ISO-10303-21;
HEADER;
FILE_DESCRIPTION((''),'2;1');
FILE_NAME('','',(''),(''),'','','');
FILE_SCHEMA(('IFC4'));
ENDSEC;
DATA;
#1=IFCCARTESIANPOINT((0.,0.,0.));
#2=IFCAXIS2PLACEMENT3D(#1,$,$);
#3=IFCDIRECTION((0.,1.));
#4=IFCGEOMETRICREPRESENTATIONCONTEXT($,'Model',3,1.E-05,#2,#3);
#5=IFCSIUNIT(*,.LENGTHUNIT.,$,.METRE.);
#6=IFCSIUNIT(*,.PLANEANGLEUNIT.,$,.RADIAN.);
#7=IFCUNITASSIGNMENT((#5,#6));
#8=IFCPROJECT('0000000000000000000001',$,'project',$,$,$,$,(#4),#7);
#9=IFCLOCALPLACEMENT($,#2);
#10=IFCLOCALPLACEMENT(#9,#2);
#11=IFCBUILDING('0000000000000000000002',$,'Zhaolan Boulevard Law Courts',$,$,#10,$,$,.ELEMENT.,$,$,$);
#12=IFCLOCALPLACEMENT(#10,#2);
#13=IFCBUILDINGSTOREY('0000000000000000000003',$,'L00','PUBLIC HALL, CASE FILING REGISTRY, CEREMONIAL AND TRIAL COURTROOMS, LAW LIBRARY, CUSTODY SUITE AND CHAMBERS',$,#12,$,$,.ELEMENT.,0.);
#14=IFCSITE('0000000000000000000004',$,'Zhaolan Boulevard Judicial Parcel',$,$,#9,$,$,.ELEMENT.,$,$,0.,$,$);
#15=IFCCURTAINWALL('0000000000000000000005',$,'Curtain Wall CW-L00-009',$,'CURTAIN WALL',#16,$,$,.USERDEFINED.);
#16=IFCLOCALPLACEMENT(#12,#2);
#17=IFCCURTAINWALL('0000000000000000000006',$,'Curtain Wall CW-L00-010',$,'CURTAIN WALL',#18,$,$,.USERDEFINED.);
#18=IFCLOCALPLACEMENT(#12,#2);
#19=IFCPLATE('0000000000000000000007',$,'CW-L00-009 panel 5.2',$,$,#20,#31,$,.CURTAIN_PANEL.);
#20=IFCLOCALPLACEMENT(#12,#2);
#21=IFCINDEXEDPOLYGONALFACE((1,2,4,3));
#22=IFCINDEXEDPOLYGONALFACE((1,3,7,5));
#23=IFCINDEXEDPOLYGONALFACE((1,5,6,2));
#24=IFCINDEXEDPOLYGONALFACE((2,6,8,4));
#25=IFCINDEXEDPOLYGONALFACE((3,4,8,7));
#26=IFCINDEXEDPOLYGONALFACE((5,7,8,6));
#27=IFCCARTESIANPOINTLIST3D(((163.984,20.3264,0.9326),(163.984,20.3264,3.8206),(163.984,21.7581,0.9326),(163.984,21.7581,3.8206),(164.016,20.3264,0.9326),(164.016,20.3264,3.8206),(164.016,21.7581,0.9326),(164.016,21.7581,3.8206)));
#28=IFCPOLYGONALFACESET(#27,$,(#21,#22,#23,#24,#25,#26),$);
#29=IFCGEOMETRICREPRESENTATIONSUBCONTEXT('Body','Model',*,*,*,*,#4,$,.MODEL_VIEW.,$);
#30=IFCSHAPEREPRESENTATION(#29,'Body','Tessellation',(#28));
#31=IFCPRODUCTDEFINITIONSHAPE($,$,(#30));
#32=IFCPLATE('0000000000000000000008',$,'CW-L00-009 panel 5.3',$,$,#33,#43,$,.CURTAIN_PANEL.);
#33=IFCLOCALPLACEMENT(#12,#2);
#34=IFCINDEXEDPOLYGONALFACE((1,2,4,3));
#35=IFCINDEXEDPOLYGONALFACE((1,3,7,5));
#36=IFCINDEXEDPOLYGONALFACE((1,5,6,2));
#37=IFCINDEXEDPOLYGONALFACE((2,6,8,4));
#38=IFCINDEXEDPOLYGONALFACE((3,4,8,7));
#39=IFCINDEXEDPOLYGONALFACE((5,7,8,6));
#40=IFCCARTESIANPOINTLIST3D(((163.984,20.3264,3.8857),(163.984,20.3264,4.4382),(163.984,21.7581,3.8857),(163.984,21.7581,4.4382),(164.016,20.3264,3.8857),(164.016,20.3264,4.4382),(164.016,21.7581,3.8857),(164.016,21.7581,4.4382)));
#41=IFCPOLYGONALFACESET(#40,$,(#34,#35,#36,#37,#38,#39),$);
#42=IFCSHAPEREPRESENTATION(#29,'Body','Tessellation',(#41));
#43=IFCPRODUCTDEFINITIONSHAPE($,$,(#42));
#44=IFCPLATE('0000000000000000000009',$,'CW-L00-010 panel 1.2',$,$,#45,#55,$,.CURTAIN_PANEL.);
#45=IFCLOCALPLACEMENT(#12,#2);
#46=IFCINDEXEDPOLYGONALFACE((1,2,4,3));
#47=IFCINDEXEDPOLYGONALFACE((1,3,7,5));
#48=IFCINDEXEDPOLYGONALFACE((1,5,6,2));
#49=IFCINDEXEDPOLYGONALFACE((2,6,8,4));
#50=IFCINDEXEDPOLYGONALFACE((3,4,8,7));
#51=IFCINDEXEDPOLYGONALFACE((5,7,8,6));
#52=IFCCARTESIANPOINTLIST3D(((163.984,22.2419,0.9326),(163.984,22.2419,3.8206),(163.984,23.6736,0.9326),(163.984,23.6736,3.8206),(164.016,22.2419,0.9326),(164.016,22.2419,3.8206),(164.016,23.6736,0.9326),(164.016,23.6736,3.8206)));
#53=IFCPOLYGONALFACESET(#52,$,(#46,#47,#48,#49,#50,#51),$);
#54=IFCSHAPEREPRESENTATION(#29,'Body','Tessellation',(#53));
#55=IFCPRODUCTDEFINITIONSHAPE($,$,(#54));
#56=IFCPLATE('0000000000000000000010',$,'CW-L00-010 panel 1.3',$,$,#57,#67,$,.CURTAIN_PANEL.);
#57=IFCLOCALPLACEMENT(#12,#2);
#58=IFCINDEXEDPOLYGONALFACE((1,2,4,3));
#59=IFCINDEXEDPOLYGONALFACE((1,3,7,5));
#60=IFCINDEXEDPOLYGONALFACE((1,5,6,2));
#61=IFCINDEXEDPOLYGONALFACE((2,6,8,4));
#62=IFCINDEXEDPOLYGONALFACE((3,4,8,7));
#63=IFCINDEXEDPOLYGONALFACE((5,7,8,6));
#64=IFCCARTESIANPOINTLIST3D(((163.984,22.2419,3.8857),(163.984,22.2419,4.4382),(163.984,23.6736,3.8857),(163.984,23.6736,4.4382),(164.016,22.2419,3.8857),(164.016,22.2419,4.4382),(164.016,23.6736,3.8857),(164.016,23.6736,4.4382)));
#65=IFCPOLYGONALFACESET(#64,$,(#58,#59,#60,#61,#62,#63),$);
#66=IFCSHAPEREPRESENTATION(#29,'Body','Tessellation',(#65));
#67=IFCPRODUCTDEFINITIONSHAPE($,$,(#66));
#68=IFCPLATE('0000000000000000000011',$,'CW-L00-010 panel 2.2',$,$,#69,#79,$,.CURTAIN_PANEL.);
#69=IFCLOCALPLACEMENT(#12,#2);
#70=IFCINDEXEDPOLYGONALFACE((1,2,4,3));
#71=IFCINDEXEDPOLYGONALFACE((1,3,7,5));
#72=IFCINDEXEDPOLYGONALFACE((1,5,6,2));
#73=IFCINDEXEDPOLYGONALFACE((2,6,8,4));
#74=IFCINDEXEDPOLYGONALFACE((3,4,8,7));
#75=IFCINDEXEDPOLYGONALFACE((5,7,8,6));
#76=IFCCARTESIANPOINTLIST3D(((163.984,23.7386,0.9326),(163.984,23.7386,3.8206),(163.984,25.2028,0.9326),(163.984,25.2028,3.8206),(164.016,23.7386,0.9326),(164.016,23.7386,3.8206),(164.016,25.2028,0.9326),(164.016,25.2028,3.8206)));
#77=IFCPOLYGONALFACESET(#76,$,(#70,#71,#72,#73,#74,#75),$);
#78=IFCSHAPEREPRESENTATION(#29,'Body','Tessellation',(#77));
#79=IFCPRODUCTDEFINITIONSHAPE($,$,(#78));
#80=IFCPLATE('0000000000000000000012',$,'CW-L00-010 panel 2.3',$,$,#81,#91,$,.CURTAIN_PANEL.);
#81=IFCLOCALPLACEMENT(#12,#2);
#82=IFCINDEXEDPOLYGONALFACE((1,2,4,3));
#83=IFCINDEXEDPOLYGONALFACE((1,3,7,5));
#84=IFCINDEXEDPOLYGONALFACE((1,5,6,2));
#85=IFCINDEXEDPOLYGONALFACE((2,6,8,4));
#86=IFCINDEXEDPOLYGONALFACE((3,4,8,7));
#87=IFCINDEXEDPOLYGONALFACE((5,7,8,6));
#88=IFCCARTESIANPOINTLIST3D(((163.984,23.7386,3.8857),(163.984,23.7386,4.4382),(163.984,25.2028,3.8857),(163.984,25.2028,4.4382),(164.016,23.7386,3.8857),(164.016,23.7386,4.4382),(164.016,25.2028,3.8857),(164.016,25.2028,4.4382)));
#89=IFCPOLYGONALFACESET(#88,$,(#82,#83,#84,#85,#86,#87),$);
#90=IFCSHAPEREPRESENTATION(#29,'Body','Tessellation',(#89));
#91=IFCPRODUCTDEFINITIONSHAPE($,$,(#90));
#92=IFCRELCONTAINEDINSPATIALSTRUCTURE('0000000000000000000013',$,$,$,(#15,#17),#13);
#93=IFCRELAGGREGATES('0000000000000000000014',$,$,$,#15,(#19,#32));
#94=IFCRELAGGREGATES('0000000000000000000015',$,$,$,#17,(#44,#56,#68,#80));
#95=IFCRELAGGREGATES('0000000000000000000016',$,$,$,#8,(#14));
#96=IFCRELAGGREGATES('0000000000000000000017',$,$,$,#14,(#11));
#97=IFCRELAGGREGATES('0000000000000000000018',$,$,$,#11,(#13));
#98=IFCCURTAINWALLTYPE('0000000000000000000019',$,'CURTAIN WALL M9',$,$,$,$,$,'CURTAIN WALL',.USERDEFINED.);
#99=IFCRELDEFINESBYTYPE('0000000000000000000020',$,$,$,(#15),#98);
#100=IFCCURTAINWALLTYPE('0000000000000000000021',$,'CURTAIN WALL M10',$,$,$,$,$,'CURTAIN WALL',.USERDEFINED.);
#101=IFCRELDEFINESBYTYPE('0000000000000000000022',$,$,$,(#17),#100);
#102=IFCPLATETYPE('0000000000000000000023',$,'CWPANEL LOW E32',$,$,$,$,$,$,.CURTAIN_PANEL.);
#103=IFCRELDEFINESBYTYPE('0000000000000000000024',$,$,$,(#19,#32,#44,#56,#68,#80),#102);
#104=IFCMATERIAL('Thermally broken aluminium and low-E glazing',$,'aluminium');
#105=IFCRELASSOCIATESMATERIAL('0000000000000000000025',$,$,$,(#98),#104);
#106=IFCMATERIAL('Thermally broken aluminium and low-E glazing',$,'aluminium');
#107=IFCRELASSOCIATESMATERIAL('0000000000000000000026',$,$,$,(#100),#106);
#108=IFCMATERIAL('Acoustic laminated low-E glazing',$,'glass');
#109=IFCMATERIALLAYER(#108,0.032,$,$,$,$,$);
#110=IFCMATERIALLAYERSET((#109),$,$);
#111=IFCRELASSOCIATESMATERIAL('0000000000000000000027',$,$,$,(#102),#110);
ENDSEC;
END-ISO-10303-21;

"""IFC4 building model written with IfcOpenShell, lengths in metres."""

from ifc_helpers import new_model, si_unit, direction, frame, origin, origin_2d, place, context, subcontext, project, spatial, rectangle, extrude, material, layer, layer_set, type_object, element, aggregate, save


model = new_model("IFC4")

# Units and contexts
model_context = context("Model", 3, precision=1e-05, world=origin(), true_north=direction((0.0, 1.0)))
body_context = subcontext(model_context, "Body", "Model", "MODEL_VIEW")
ifc_project = project(units=[si_unit("LENGTHUNIT", "METRE"), si_unit("PLANEANGLEUNIT", "RADIAN")], contexts=[model_context])

# Site, building, storey
site_placement = place(None, origin())
site = spatial("IfcSite", under=ifc_project, at=site_placement, Name="Zhaolan Boulevard Judicial Parcel", CompositionType="ELEMENT", RefElevation=0.0)
building_placement = place(site_placement, origin())
building = spatial("IfcBuilding", under=site, at=building_placement, Name="Zhaolan Boulevard Law Courts", CompositionType="ELEMENT")
storey_placement = place(building_placement, origin())
storey = spatial("IfcBuildingStorey", under=building, at=storey_placement, Name="L00", Description="PUBLIC HALL, CASE FILING REGISTRY, CEREMONIAL AND TRIAL COURTROOMS, LAW LIBRARY, CUSTODY SUITE AND CHAMBERS", CompositionType="ELEMENT", Elevation=0.0)

# Curtain walls
ifc_material_1 = material(Name="Thermally broken aluminium and low-E glazing", Category="aluminium")
curtain_wall_type_1 = type_object("IfcCurtainWallType", Name="CURTAIN WALL M9", ElementType="CURTAIN WALL", PredefinedType="USERDEFINED", material=ifc_material_1)
curtain_wall_1_placement = place(storey_placement, origin())
curtain_wall_1 = element("IfcCurtainWall", 1, at=curtain_wall_1_placement, inside=storey, type_object=curtain_wall_type_1, Name="Curtain Wall CW-L00-009", ObjectType="CURTAIN WALL", PredefinedType="USERDEFINED")
ifc_material_2 = material(Name="Thermally broken aluminium and low-E glazing", Category="aluminium")
curtain_wall_type_2 = type_object("IfcCurtainWallType", Name="CURTAIN WALL M10", ElementType="CURTAIN WALL", PredefinedType="USERDEFINED", material=ifc_material_2)
curtain_wall_2_placement = place(storey_placement, origin())
curtain_wall_2 = element("IfcCurtainWall", 2, at=curtain_wall_2_placement, inside=storey, type_object=curtain_wall_type_2, Name="Curtain Wall CW-L00-010", ObjectType="CURTAIN WALL", PredefinedType="USERDEFINED")

# Plates
ifc_material_3 = material(Name="Acoustic laminated low-E glazing", Category="glass")
ifc_layer = layer(ifc_material_3, 0.032)
ifc_layer_set = layer_set([ifc_layer])
plate_type = type_object("IfcPlateType", Name="CWPANEL LOW E32", PredefinedType="CURTAIN_PANEL", material=ifc_layer_set)
plate_1_placement = place(storey_placement, frame((164.0, 21.0422, 0.9326), z_axis=(0.0, 0.0, 1.0), x_axis=(0.0, 1.0, 0.0)))
plate_1 = element("IfcPlate", 3, at=plate_1_placement, type_object=plate_type, Name="CW-L00-009 panel 5.2", PredefinedType="CURTAIN_PANEL", context=body_context, shape_type="SweptSolid", body=[
    extrude(rectangle(XDim=1.4316, YDim=0.032, at=origin_2d()), origin(), (0.0, 0.0, 1.0), 2.8879),
])
plate_2_placement = place(storey_placement, frame((164.0, 21.0422, 3.8857), z_axis=(0.0, 0.0, 1.0), x_axis=(0.0, 1.0, 0.0)))
plate_2 = element("IfcPlate", 4, at=plate_2_placement, type_object=plate_type, Name="CW-L00-009 panel 5.3", PredefinedType="CURTAIN_PANEL", context=body_context, shape_type="SweptSolid", body=[
    extrude(rectangle(XDim=1.4316, YDim=0.032, at=origin_2d()), origin(), (0.0, 0.0, 1.0), 0.5525),
])
aggregate(curtain_wall_1, [plate_1, plate_2])
plate_3_placement = place(storey_placement, frame((164.0, 22.9578, 0.9326), z_axis=(0.0, 0.0, 1.0), x_axis=(0.0, 1.0, 0.0)))
plate_3 = element("IfcPlate", 5, at=plate_3_placement, type_object=plate_type, Name="CW-L00-010 panel 1.2", PredefinedType="CURTAIN_PANEL", context=body_context, shape_type="SweptSolid", body=[
    extrude(rectangle(XDim=1.4316, YDim=0.032, at=origin_2d()), origin(), (0.0, 0.0, 1.0), 2.8879),
])
plate_4_placement = place(storey_placement, frame((164.0, 22.9578, 3.8857), z_axis=(0.0, 0.0, 1.0), x_axis=(0.0, 1.0, 0.0)))
plate_4 = element("IfcPlate", 6, at=plate_4_placement, type_object=plate_type, Name="CW-L00-010 panel 1.3", PredefinedType="CURTAIN_PANEL", context=body_context, shape_type="SweptSolid", body=[
    extrude(rectangle(XDim=1.4316, YDim=0.032, at=origin_2d()), origin(), (0.0, 0.0, 1.0), 0.5525),
])
plate_5_placement = place(storey_placement, frame((164.0, 24.4707, 0.9326), z_axis=(0.0, 0.0, 1.0), x_axis=(0.0, 1.0, 0.0)))
plate_5 = element("IfcPlate", 7, at=plate_5_placement, type_object=plate_type, Name="CW-L00-010 panel 2.2", PredefinedType="CURTAIN_PANEL", context=body_context, shape_type="SweptSolid", body=[
    extrude(rectangle(XDim=1.4641, YDim=0.032, at=origin_2d()), origin(), (0.0, 0.0, 1.0), 2.8879),
])
plate_6_placement = place(storey_placement, frame((164.0, 24.4707, 3.8857), z_axis=(0.0, 0.0, 1.0), x_axis=(0.0, 1.0, 0.0)))
plate_6 = element("IfcPlate", 8, at=plate_6_placement, type_object=plate_type, Name="CW-L00-010 panel 2.3", PredefinedType="CURTAIN_PANEL", context=body_context, shape_type="SweptSolid", body=[
    extrude(rectangle(XDim=1.4641, YDim=0.032, at=origin_2d()), origin(), (0.0, 0.0, 1.0), 0.5525),
])
aggregate(curtain_wall_2, [plate_3, plate_4, plate_5, plate_6])

save(model, "model.ifc")
